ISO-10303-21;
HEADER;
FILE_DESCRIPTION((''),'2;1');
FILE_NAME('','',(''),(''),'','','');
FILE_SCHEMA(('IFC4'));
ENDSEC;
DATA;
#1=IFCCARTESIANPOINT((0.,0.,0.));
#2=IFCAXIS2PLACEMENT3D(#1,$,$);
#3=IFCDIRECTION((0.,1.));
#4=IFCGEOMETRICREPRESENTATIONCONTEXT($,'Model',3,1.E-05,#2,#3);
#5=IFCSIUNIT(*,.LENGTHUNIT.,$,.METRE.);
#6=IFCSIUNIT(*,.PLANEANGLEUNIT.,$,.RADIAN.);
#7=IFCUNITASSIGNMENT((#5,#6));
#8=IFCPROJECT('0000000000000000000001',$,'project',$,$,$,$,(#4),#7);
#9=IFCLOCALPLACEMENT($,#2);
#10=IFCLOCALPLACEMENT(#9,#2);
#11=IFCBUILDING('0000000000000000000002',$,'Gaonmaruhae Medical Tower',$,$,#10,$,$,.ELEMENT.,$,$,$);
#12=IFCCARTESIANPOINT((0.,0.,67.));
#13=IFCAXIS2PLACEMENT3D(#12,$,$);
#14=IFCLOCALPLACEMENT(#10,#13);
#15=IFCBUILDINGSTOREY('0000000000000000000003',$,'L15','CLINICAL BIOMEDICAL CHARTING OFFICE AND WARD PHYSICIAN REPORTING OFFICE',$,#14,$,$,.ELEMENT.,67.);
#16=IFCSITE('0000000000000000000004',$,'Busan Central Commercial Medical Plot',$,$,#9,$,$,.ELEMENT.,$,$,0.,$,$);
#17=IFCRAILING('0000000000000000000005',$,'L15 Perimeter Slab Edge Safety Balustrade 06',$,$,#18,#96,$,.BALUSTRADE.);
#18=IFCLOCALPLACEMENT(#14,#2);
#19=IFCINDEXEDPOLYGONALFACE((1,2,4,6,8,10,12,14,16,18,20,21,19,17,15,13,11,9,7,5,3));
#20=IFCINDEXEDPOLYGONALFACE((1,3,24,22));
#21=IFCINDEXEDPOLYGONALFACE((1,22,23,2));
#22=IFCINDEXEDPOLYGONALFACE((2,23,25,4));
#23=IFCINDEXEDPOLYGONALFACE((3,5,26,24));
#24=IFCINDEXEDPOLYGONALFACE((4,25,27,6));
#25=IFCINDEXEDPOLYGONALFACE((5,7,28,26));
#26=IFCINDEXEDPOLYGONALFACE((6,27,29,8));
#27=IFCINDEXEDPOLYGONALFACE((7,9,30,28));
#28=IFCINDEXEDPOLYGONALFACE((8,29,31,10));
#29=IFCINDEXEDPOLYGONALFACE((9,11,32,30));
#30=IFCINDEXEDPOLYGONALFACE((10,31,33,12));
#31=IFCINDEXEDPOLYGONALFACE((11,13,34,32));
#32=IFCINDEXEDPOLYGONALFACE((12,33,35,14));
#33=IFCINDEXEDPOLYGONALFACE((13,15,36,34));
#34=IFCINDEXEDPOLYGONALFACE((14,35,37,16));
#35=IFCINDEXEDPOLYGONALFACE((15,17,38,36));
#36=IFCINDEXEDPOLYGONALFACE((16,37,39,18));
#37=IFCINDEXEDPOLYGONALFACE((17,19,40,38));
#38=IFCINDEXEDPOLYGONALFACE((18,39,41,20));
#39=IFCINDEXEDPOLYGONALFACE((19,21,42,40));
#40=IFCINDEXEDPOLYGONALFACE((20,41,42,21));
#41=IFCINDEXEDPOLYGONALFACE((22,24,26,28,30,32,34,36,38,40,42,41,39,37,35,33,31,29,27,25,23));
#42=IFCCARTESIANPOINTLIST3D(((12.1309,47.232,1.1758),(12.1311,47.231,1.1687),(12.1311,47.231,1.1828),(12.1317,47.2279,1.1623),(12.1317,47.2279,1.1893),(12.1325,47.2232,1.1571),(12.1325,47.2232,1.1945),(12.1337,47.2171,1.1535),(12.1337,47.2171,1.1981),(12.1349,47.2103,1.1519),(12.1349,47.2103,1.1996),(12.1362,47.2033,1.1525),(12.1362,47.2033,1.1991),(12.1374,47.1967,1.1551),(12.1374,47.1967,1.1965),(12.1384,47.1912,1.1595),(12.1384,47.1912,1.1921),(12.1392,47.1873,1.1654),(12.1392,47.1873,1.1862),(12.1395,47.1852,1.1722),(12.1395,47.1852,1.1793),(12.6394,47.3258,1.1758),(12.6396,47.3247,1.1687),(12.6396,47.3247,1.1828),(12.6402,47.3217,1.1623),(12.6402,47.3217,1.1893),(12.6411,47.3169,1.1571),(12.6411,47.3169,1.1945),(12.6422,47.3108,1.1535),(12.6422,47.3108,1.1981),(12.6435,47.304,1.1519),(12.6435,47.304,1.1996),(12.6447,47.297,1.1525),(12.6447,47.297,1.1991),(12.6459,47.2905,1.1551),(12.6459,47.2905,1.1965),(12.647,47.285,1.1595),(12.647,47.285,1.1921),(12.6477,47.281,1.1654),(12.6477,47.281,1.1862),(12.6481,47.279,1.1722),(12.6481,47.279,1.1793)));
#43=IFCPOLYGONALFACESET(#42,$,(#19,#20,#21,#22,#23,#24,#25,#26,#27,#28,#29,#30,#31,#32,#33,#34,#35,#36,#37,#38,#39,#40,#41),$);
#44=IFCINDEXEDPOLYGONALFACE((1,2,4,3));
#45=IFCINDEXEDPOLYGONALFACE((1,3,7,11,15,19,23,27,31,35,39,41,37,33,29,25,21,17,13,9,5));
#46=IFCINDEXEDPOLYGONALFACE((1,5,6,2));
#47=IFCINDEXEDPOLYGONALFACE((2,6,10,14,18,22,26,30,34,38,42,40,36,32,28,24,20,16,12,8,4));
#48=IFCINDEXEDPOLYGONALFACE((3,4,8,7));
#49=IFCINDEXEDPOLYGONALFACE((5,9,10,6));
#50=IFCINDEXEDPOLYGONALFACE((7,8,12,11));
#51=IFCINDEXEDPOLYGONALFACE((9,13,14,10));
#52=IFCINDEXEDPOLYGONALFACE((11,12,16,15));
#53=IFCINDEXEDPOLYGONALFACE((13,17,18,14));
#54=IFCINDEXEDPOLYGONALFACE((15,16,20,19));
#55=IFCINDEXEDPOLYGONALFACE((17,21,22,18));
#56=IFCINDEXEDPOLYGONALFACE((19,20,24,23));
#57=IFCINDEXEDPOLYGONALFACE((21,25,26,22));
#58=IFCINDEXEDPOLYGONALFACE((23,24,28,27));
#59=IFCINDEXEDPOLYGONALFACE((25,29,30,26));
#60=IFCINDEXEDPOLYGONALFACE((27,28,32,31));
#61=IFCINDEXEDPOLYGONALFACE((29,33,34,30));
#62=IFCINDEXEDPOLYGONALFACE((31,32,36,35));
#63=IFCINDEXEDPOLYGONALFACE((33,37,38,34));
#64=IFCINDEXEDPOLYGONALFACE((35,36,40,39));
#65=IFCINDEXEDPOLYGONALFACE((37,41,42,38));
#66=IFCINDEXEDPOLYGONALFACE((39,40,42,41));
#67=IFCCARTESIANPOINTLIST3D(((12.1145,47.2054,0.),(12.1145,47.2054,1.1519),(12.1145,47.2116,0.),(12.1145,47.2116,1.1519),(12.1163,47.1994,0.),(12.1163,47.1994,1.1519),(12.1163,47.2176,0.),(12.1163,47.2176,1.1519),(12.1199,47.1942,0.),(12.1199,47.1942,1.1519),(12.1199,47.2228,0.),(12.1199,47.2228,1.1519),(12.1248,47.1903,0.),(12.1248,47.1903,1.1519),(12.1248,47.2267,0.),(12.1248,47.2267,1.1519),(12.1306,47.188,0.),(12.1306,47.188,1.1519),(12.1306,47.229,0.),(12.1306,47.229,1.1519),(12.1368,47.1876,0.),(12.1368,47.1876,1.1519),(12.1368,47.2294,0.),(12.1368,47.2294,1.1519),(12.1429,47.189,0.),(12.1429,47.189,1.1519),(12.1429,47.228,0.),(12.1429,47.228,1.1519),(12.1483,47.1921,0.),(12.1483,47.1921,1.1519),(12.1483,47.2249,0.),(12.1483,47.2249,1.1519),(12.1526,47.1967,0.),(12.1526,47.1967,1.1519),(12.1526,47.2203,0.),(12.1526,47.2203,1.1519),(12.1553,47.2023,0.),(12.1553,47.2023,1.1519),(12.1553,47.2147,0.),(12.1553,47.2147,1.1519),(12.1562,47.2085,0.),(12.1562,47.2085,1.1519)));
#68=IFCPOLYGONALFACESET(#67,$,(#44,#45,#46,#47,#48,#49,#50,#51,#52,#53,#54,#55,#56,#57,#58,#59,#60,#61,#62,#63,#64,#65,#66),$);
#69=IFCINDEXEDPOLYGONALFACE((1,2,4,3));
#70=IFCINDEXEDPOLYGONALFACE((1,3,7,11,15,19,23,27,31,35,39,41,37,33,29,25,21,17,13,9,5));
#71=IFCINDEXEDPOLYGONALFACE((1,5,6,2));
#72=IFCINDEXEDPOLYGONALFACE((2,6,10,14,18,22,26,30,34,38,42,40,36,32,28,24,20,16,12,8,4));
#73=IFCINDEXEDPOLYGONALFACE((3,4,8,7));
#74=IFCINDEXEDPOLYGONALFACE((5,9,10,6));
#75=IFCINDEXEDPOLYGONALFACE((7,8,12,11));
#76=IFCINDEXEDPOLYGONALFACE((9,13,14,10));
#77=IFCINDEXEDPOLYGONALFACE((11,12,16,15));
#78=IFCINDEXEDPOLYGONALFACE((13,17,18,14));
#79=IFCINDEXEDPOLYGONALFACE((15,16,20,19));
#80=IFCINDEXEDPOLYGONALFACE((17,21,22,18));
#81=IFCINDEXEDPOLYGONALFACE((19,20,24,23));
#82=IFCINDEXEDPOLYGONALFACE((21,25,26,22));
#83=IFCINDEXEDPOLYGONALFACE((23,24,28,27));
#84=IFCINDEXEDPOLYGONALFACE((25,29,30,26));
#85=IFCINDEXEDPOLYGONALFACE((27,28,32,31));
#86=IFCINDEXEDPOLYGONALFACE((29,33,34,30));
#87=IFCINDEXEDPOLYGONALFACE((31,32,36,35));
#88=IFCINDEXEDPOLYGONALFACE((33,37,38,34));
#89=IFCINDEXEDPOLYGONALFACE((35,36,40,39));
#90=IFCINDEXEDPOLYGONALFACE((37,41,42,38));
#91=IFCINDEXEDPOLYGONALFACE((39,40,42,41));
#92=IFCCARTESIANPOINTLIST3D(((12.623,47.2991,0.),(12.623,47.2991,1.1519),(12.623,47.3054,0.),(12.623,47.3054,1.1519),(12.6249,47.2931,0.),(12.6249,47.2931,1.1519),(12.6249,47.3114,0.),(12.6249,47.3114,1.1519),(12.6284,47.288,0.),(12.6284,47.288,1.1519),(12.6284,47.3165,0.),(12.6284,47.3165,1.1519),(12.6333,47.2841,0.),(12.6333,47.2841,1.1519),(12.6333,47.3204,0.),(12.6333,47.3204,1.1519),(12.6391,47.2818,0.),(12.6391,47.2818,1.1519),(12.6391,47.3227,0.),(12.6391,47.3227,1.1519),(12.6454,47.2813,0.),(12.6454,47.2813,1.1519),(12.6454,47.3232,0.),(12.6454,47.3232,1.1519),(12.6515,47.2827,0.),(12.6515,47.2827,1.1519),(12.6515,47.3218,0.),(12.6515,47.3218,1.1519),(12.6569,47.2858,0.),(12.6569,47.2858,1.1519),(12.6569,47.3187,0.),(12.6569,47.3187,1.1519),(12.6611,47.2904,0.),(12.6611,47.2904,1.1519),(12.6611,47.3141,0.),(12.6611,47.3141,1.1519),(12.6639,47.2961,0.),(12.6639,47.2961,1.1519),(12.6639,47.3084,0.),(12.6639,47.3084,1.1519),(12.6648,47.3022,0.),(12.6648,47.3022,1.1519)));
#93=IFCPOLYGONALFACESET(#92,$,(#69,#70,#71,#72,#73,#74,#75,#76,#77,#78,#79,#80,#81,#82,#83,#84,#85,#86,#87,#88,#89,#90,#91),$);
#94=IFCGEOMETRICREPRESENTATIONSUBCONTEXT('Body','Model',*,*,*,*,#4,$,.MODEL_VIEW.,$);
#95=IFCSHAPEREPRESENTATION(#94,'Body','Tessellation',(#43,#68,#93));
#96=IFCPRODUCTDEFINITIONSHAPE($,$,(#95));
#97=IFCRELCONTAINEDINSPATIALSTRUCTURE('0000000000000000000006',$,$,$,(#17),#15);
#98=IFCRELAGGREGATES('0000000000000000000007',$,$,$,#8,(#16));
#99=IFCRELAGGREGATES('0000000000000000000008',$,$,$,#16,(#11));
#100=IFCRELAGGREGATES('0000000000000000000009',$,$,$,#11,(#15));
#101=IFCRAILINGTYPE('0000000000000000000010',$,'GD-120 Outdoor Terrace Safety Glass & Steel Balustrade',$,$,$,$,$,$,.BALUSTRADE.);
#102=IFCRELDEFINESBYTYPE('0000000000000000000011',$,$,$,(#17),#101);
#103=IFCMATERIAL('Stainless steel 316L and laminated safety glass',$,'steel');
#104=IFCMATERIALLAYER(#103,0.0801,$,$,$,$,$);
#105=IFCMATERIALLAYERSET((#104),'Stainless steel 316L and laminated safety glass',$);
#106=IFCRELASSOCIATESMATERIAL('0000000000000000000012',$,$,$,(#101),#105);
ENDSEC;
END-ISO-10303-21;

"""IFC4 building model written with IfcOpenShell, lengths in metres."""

from ifc_helpers import new_model, si_unit, direction, frame, origin, origin_2d, place, context, subcontext, project, spatial, circle, extrude, material, layer, layer_set, type_object, element, save


model = new_model("IFC4")

# Units and contexts
model_context = context("Model", 3, precision=1e-05, world=origin(), true_north=direction((0.0, 1.0)))
body_context = subcontext(model_context, "Body", "Model", "MODEL_VIEW")
ifc_project = project(units=[si_unit("LENGTHUNIT", "METRE"), si_unit("PLANEANGLEUNIT", "RADIAN")], contexts=[model_context])

# Site, building, storey
site_placement = place(None, origin())
site = spatial("IfcSite", under=ifc_project, at=site_placement, Name="Busan Central Commercial Medical Plot", CompositionType="ELEMENT", RefElevation=0.0)
building_placement = place(site_placement, origin())
building = spatial("IfcBuilding", under=site, at=building_placement, Name="Gaonmaruhae Medical Tower", CompositionType="ELEMENT")
storey_placement = place(building_placement, frame((0.0, 0.0, 67.0)))
storey = spatial("IfcBuildingStorey", under=building, at=storey_placement, Name="L15", Description="CLINICAL BIOMEDICAL CHARTING OFFICE AND WARD PHYSICIAN REPORTING OFFICE", CompositionType="ELEMENT", Elevation=67.0)

# Railing
ifc_material_1 = material(Name="Stainless steel 316L and laminated safety glass", Category="steel")
ifc_layer_1 = layer(ifc_material_1, 0.0801)
ifc_layer_set_1 = layer_set([ifc_layer_1], Name="Stainless steel 316L and laminated safety glass")
railing_type = type_object("IfcRailingType", Name="GD-120 Outdoor Terrace Safety Glass & Steel Balustrade", PredefinedType="BALUSTRADE", material=ifc_layer_set_1)
railing_1_placement = place(storey_placement, frame((12.1353, 47.2085, 0.0)))
element("IfcRailing", 1, at=railing_1_placement, inside=storey, type_object=railing_type, Name="L15 Perimeter Slab Edge Safety Balustrade 06", PredefinedType="BALUSTRADE", context=body_context, shape_type="SweptSolid", body=[
    extrude(circle(Radius=0.0239, at=origin_2d()), frame((0.0, 0.0, 1.1758), z_axis=(0.983429, 0.181295, 0.0), x_axis=(-0.181295, 0.983429, 0.0)), (0.0, 0.0, 1.0), 0.5171),
    extrude(circle(Radius=0.021, at=origin_2d()), origin(), (0.0, 0.0, 1.0), 1.1519),
    extrude(circle(Radius=0.021, at=origin_2d()), frame((0.5085, 0.0938, 0.0)), (0.0, 0.0, 1.0), 1.1519),
])

save(model, "model.ifc")
